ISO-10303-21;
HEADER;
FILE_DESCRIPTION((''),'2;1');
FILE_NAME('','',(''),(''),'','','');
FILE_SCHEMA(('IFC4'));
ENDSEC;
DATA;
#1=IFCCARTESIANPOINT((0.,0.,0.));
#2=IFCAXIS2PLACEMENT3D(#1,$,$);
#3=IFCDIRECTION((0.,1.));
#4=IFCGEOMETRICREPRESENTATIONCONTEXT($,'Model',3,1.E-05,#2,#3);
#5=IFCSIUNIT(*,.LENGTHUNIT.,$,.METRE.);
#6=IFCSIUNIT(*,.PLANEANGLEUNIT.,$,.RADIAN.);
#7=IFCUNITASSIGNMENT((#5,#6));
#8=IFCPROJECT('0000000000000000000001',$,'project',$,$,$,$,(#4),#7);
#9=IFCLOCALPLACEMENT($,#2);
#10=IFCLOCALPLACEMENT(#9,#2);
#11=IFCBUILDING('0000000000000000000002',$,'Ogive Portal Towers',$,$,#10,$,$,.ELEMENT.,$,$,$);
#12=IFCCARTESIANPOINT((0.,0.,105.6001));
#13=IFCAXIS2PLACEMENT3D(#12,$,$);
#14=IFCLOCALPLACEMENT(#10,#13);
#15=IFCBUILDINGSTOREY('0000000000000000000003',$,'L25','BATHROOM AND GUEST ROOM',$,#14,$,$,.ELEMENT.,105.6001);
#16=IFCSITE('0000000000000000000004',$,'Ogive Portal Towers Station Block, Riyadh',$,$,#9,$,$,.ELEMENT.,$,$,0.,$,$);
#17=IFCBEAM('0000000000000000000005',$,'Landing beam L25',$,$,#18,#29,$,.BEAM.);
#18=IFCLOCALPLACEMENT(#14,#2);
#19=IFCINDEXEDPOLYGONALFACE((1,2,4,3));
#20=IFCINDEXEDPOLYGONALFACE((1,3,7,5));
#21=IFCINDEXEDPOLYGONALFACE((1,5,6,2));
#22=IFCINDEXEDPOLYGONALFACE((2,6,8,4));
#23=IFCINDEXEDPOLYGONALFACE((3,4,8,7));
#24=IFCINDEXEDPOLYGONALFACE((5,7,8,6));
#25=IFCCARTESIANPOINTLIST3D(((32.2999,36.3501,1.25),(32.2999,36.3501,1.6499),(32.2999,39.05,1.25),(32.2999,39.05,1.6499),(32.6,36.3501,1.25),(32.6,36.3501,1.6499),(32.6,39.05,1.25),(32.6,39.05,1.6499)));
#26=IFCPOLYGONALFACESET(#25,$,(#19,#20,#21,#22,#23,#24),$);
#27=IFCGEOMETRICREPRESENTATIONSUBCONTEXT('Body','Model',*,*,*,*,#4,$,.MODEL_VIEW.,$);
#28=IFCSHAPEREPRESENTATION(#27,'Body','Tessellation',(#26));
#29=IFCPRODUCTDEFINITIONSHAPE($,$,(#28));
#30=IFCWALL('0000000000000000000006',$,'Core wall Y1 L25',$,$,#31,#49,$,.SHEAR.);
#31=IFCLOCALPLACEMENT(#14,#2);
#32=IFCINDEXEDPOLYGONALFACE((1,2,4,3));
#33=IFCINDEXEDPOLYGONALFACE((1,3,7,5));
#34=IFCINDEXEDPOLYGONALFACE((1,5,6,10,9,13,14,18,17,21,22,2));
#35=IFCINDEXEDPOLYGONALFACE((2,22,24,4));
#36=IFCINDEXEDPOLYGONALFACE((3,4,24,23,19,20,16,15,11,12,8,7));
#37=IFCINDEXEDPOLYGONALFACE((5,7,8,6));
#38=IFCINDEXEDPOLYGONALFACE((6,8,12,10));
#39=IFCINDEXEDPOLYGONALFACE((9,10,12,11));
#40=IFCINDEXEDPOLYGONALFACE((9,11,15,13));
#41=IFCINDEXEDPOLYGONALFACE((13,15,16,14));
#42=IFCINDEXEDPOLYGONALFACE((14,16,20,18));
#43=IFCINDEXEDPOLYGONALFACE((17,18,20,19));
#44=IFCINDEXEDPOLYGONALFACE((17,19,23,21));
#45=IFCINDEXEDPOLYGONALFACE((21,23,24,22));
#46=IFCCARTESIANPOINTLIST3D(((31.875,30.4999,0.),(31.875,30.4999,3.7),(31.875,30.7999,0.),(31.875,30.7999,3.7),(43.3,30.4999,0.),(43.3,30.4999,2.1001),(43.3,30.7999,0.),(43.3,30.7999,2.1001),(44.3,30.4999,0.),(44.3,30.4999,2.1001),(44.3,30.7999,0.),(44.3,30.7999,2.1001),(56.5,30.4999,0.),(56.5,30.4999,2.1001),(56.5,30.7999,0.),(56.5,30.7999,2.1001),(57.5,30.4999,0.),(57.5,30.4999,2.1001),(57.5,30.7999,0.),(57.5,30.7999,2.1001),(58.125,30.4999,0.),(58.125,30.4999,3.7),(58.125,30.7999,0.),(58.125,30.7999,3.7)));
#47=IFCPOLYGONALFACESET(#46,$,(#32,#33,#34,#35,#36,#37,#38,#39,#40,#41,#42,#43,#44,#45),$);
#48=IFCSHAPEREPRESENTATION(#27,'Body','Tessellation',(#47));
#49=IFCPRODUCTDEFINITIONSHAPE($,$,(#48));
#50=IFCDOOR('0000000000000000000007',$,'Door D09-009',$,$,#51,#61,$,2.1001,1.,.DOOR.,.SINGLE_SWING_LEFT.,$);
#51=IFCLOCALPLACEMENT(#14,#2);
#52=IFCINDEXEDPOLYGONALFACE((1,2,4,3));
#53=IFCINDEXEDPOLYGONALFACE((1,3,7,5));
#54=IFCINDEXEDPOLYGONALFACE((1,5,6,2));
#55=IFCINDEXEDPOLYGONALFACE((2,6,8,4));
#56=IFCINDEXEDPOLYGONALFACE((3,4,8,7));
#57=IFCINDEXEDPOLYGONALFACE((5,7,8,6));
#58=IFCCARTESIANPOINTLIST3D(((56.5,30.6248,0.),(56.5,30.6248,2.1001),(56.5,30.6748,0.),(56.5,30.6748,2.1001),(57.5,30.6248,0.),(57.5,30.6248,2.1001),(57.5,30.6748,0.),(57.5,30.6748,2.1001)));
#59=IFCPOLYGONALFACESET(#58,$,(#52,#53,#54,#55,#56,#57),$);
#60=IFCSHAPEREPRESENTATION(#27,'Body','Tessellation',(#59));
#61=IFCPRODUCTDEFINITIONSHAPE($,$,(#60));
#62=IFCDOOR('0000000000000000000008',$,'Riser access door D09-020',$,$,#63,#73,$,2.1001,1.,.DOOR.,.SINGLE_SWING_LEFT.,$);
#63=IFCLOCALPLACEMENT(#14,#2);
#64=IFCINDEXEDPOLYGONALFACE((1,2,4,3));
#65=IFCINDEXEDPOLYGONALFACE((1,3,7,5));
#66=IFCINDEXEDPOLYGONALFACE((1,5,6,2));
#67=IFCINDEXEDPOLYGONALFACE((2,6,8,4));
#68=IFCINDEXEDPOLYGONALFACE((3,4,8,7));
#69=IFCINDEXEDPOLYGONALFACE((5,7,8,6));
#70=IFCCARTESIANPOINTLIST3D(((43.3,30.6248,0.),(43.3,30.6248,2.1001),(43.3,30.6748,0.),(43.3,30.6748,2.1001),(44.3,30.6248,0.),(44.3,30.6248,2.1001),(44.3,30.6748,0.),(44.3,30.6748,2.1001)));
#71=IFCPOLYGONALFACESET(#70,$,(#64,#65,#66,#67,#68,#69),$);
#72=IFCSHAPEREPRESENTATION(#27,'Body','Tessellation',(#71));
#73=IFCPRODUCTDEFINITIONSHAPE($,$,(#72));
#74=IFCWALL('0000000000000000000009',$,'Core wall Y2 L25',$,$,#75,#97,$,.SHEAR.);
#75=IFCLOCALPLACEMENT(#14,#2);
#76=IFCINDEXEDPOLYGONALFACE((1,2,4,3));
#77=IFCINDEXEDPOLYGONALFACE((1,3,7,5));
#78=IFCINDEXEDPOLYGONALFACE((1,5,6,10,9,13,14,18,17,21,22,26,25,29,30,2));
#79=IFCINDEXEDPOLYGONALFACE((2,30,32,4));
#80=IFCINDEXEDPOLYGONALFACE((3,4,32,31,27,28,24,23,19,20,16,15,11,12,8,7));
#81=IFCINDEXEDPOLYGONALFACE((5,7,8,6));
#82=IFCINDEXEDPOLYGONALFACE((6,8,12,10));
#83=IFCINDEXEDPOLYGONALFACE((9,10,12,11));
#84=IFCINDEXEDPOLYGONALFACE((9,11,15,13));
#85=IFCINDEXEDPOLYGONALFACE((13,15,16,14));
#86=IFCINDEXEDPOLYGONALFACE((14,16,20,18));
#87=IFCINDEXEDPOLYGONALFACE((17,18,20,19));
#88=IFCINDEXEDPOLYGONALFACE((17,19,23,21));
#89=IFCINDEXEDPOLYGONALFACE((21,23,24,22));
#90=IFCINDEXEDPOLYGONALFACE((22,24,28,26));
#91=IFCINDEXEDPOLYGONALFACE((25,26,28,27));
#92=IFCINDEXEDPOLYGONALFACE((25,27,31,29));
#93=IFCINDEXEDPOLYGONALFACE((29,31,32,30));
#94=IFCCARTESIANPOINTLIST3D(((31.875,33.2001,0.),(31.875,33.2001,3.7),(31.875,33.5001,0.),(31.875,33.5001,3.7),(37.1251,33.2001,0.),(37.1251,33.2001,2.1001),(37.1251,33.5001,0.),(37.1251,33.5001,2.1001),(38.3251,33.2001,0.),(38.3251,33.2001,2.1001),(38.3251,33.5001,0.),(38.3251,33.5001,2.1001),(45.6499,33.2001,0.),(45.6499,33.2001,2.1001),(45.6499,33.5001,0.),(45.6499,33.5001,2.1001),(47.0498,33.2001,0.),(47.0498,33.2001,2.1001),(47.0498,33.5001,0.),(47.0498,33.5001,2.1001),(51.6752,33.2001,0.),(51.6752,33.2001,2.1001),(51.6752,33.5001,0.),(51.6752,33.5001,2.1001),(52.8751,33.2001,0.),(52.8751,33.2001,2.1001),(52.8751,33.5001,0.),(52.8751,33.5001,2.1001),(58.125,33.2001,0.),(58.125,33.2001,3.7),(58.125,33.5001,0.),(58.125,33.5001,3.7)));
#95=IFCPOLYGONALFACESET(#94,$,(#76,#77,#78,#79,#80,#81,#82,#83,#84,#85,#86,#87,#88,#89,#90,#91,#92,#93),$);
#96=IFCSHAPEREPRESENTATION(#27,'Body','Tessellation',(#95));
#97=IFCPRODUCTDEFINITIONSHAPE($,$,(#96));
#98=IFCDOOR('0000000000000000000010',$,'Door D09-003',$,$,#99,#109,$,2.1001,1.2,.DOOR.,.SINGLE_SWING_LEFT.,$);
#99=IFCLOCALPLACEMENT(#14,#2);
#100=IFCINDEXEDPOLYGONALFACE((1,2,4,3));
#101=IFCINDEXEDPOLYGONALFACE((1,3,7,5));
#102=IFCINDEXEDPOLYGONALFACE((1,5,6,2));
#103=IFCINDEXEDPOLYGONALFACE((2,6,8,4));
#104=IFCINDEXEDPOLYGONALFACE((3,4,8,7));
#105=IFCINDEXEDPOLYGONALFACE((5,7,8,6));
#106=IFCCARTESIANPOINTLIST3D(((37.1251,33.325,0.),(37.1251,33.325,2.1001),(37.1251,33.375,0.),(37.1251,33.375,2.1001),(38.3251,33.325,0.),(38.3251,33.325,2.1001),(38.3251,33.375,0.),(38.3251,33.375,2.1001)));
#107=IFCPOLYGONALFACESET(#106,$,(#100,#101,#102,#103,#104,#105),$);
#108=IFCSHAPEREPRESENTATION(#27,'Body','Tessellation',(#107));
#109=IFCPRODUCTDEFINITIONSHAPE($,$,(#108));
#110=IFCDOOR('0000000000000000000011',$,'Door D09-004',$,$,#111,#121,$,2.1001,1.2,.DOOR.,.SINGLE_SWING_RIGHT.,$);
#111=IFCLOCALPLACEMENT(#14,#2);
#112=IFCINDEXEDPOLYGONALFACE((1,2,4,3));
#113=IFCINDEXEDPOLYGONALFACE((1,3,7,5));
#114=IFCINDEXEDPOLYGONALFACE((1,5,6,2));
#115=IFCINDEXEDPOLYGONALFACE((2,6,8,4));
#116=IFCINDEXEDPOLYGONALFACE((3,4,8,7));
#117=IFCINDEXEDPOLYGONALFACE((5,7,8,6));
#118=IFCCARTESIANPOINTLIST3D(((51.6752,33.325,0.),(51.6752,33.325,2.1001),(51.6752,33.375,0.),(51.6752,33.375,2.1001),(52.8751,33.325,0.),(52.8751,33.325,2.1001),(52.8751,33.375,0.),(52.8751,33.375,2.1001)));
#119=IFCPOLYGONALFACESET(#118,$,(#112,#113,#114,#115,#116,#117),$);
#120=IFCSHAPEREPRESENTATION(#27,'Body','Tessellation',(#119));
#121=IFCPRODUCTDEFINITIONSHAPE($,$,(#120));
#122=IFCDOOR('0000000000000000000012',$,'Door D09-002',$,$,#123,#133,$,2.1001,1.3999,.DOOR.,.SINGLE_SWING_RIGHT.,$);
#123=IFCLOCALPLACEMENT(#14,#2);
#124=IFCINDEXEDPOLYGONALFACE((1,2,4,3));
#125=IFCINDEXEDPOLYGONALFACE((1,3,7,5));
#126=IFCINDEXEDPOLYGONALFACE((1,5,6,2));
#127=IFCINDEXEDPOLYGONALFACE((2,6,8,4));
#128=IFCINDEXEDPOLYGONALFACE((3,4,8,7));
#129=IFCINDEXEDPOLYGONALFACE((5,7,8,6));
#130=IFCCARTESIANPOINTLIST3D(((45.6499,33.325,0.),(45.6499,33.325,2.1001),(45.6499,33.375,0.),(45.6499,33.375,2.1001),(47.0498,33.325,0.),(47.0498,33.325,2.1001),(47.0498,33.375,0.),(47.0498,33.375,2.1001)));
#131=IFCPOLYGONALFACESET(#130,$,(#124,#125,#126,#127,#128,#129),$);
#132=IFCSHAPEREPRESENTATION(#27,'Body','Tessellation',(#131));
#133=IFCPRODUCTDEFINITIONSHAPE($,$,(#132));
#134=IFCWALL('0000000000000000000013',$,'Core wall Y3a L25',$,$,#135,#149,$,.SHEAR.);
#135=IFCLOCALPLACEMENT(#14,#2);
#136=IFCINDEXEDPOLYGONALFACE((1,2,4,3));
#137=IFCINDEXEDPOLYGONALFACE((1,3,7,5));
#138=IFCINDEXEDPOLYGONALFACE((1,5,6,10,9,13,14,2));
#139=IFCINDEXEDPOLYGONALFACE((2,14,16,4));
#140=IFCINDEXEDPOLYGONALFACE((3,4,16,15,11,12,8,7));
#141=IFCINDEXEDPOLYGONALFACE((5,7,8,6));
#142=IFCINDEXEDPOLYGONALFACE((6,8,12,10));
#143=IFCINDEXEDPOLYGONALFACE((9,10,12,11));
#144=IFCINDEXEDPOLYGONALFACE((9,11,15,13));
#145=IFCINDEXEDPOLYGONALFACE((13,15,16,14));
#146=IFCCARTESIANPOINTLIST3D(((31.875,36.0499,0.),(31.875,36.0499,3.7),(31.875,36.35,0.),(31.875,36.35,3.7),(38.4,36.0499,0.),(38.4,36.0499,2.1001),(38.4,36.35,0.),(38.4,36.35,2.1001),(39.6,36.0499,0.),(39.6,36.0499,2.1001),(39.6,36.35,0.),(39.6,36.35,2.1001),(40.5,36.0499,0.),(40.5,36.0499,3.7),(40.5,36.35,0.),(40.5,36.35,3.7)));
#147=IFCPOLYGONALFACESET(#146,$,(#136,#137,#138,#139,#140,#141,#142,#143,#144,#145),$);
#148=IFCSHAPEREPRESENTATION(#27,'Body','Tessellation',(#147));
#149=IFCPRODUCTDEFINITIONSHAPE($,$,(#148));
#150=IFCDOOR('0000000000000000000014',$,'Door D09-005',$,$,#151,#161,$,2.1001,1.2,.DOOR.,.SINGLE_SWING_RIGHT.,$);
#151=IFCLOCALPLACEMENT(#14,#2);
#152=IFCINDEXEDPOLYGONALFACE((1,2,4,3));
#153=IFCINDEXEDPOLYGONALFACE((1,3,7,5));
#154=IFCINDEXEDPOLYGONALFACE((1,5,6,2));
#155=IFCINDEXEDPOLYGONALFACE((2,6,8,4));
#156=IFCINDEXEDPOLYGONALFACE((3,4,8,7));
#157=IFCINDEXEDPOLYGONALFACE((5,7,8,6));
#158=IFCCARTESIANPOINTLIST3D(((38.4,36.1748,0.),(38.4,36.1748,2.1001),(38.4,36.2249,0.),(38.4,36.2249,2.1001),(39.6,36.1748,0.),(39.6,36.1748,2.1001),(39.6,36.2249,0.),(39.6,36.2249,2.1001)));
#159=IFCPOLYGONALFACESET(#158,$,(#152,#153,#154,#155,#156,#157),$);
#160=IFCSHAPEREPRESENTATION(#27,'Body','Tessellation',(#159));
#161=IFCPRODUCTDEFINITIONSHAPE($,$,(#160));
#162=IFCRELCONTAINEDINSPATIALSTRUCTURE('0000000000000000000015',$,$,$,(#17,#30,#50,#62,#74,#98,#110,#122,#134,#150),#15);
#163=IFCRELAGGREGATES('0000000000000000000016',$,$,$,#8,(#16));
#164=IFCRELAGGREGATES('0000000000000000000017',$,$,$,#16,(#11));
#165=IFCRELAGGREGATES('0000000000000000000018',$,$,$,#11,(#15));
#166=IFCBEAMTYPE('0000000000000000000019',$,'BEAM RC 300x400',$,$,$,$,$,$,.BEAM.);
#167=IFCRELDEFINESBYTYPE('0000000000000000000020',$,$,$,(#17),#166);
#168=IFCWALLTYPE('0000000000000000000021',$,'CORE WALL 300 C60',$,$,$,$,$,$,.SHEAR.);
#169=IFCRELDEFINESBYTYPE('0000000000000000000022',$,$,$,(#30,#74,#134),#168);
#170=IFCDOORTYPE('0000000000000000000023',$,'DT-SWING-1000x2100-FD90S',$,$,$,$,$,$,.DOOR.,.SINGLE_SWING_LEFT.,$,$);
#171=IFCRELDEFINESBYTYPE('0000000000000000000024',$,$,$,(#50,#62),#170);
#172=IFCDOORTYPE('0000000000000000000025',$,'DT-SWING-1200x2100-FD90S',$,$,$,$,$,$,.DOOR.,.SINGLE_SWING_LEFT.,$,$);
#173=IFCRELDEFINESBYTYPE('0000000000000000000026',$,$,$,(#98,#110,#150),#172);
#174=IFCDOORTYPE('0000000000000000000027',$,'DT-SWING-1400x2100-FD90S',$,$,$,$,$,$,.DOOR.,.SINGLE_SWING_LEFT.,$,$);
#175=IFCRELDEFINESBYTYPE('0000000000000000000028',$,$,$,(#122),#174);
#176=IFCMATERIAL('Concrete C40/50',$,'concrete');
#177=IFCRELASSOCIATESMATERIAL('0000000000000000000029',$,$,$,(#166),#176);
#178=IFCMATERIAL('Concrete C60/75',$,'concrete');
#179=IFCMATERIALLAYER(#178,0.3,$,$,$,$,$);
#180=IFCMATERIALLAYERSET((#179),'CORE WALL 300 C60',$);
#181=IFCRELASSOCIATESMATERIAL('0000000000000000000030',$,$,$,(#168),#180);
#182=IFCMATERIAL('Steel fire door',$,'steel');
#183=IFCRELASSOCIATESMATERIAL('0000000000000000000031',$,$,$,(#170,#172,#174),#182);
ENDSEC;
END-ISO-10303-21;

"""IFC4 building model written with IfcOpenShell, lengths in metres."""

from ifc_helpers import new_model, si_unit, direction, frame, frame_2d, origin, origin_2d, place, context, subcontext, project, spatial, rectangle, extrude, material, layer, layer_set, material_profile, profile_set, type_object, element, fill, save


model = new_model("IFC4")

# Units and contexts
model_context = context("Model", 3, precision=1e-05, world=origin(), true_north=direction((0.0, 1.0)))
body_context = subcontext(model_context, "Body", "Model", "MODEL_VIEW")
ifc_project = project(units=[si_unit("LENGTHUNIT", "METRE"), si_unit("PLANEANGLEUNIT", "RADIAN")], contexts=[model_context])

# Site, building, storey
site_placement = place(None, origin())
site = spatial("IfcSite", under=ifc_project, at=site_placement, Name="Ogive Portal Towers Station Block, Riyadh", CompositionType="ELEMENT", RefElevation=0.0)
building_placement = place(site_placement, origin())
building = spatial("IfcBuilding", under=site, at=building_placement, Name="Ogive Portal Towers", CompositionType="ELEMENT")
storey_placement = place(building_placement, frame((0.0, 0.0, 105.6001)))
storey = spatial("IfcBuildingStorey", under=building, at=storey_placement, Name="L25", Description="BATHROOM AND GUEST ROOM", CompositionType="ELEMENT", Elevation=105.6001)

# Beam
ifc_material_1 = material(Name="Concrete C40/50", Category="concrete")
ifc_material_profile = material_profile(ifc_material_1, rectangle(XDim=0.3, YDim=0.3999, at=origin_2d()), Name="RC 300x400")
ifc_profile_set = profile_set([ifc_material_profile], Name="Concrete C40/50")
beam_type = type_object("IfcBeamType", Name="BEAM RC 300x400", PredefinedType="BEAM", material=ifc_profile_set)
beam_placement = place(storey_placement, frame((32.45, 36.3501, 1.45), z_axis=(0.0, 1.0, 0.0), x_axis=(-1.0, 0.0, 0.0)))
element("IfcBeam", 1, at=beam_placement, inside=storey, type_object=beam_type, Name="Landing beam L25", PredefinedType="BEAM", context=body_context, shape_type="SweptSolid", body=[
    extrude(rectangle(XDim=0.3, YDim=0.3999, at=origin_2d()), origin(), (0.0, 0.0, 1.0), 2.7),
])

# Walls, openings, doors
ifc_material_2 = material(Name="Concrete C60/75", Category="concrete")
ifc_layer_1 = layer(ifc_material_2, 0.3)
ifc_layer_set_1 = layer_set([ifc_layer_1], Name="CORE WALL 300 C60")
wall_type_1 = type_object("IfcWallType", Name="CORE WALL 300 C60", PredefinedType="SHEAR", material=ifc_layer_set_1)
wall_1_placement = place(storey_placement, frame((31.875, 30.6499, 0.0), z_axis=(0.0, 0.0, 1.0), x_axis=(1.0, 0.0, 0.0)))
wall_1 = element("IfcWall", 2, at=wall_1_placement, inside=storey, type_object=wall_type_1, Name="Core wall Y1 L25", PredefinedType="SHEAR", context=body_context, shape_type="SweptSolid", body=[
    extrude(rectangle(XDim=26.25, YDim=0.3, at=frame_2d((13.125, 0.0))), origin(), (0.0, 0.0, 1.0), 3.7),
])
opening_1_placement = place(wall_1_placement, frame((24.625, 0.0, 0.0)))
opening_1 = element("IfcOpeningElement", 3, at=opening_1_placement, cuts=wall_1, PredefinedType="OPENING", context=body_context, shape_type="SweptSolid", body=[
    extrude(rectangle(XDim=1.0, YDim=2.1001, at=frame_2d((0.5, 1.05))), frame((0.0, 0.1602, 0.0), z_axis=(0.0, -1.0, 0.0), x_axis=(1.0, 0.0, 0.0)), (0.0, 0.0, 1.0), 0.3201),
])
opening_2_placement = place(wall_1_placement, frame((11.425, 0.0, 0.0)))
opening_2 = element("IfcOpeningElement", 4, at=opening_2_placement, cuts=wall_1, PredefinedType="OPENING", context=body_context, shape_type="SweptSolid", body=[
    extrude(rectangle(XDim=1.0, YDim=2.1001, at=frame_2d((0.5, 1.05))), frame((0.0, 0.1602, 0.0), z_axis=(0.0, -1.0, 0.0), x_axis=(1.0, 0.0, 0.0)), (0.0, 0.0, 1.0), 0.3201),
])
ifc_material_3 = material(Name="Steel fire door", Category="steel")
door_type_1 = type_object("IfcDoorType", Name="DT-SWING-1000x2100-FD90S", OperationType="SINGLE_SWING_LEFT", PredefinedType="DOOR", material=ifc_material_3)
door_1_placement = place(opening_1_placement, origin())
door_1 = element("IfcDoor", 5, at=door_1_placement, inside=storey, type_object=door_type_1, Name="Door D09-009", OperationType="SINGLE_SWING_LEFT", OverallHeight=2.1001, OverallWidth=1.0, PredefinedType="DOOR", context=body_context, shape_type="SweptSolid", body=[
    extrude(rectangle(XDim=1.0, YDim=2.1001, at=frame_2d((0.5, 1.05))), frame((0.0, 0.0249, 0.0), z_axis=(0.0, -1.0, 0.0), x_axis=(1.0, 0.0, 0.0)), (0.0, 0.0, 1.0), 0.05),
])
fill(opening_1, door_1)
door_2_placement = place(opening_2_placement, origin())
door_2 = element("IfcDoor", 6, at=door_2_placement, inside=storey, type_object=door_type_1, Name="Riser access door D09-020", OperationType="SINGLE_SWING_LEFT", OverallHeight=2.1001, OverallWidth=1.0, PredefinedType="DOOR", context=body_context, shape_type="SweptSolid", body=[
    extrude(rectangle(XDim=1.0, YDim=2.1001, at=frame_2d((0.5, 1.05))), frame((0.0, 0.0249, 0.0), z_axis=(0.0, -1.0, 0.0), x_axis=(1.0, 0.0, 0.0)), (0.0, 0.0, 1.0), 0.05),
])
fill(opening_2, door_2)
wall_2_placement = place(storey_placement, frame((31.875, 33.3501, 0.0), z_axis=(0.0, 0.0, 1.0), x_axis=(1.0, 0.0, 0.0)))
wall_2 = element("IfcWall", 7, at=wall_2_placement, inside=storey, type_object=wall_type_1, Name="Core wall Y2 L25", PredefinedType="SHEAR", context=body_context, shape_type="SweptSolid", body=[
    extrude(rectangle(XDim=26.25, YDim=0.3, at=frame_2d((13.125, 0.0))), origin(), (0.0, 0.0, 1.0), 3.7),
])
opening_3_placement = place(wall_2_placement, frame((13.7749, 0.0, 0.0)))
opening_3 = element("IfcOpeningElement", 8, at=opening_3_placement, cuts=wall_2, PredefinedType="OPENING", context=body_context, shape_type="SweptSolid", body=[
    extrude(rectangle(XDim=1.3999, YDim=2.1001, at=frame_2d((0.7, 1.05))), frame((0.0, 0.1602, 0.0), z_axis=(0.0, -1.0, 0.0), x_axis=(1.0, 0.0, 0.0)), (0.0, 0.0, 1.0), 0.3201),
])
opening_4_placement = place(wall_2_placement, frame((5.25, 0.0, 0.0)))
opening_4 = element("IfcOpeningElement", 9, at=opening_4_placement, cuts=wall_2, PredefinedType="OPENING", context=body_context, shape_type="SweptSolid", body=[
    extrude(rectangle(XDim=1.2, YDim=2.1001, at=frame_2d((0.6001, 1.05))), frame((0.0, 0.1602, 0.0), z_axis=(0.0, -1.0, 0.0), x_axis=(1.0, 0.0, 0.0)), (0.0, 0.0, 1.0), 0.3201),
])
opening_5_placement = place(wall_2_placement, frame((19.8, 0.0, 0.0)))
opening_5 = element("IfcOpeningElement", 10, at=opening_5_placement, cuts=wall_2, PredefinedType="OPENING", context=body_context, shape_type="SweptSolid", body=[
    extrude(rectangle(XDim=1.2, YDim=2.1001, at=frame_2d((0.6001, 1.05))), frame((0.0, 0.1602, 0.0), z_axis=(0.0, -1.0, 0.0), x_axis=(1.0, 0.0, 0.0)), (0.0, 0.0, 1.0), 0.3201),
])
door_type_2 = type_object("IfcDoorType", Name="DT-SWING-1200x2100-FD90S", OperationType="SINGLE_SWING_LEFT", PredefinedType="DOOR", material=ifc_material_3)
door_3_placement = place(opening_4_placement, origin())
door_3 = element("IfcDoor", 11, at=door_3_placement, inside=storey, type_object=door_type_2, Name="Door D09-003", OperationType="SINGLE_SWING_LEFT", OverallHeight=2.1001, OverallWidth=1.2, PredefinedType="DOOR", context=body_context, shape_type="SweptSolid", body=[
    extrude(rectangle(XDim=1.2, YDim=2.1001, at=frame_2d((0.6001, 1.05))), frame((0.0, 0.0249, 0.0), z_axis=(0.0, -1.0, 0.0), x_axis=(1.0, 0.0, 0.0)), (0.0, 0.0, 1.0), 0.05),
])
fill(opening_4, door_3)
door_4_placement = place(opening_5_placement, origin())
door_4 = element("IfcDoor", 12, at=door_4_placement, inside=storey, type_object=door_type_2, Name="Door D09-004", OperationType="SINGLE_SWING_RIGHT", OverallHeight=2.1001, OverallWidth=1.2, PredefinedType="DOOR", context=body_context, shape_type="SweptSolid", body=[
    extrude(rectangle(XDim=1.2, YDim=2.1001, at=frame_2d((0.6001, 1.05))), frame((0.0, 0.0249, 0.0), z_axis=(0.0, -1.0, 0.0), x_axis=(1.0, 0.0, 0.0)), (0.0, 0.0, 1.0), 0.05),
])
fill(opening_5, door_4)
door_type_3 = type_object("IfcDoorType", Name="DT-SWING-1400x2100-FD90S", OperationType="SINGLE_SWING_LEFT", PredefinedType="DOOR", material=ifc_material_3)
door_5_placement = place(opening_3_placement, origin())
door_5 = element("IfcDoor", 13, at=door_5_placement, inside=storey, type_object=door_type_3, Name="Door D09-002", OperationType="SINGLE_SWING_RIGHT", OverallHeight=2.1001, OverallWidth=1.3999, PredefinedType="DOOR", context=body_context, shape_type="SweptSolid", body=[
    extrude(rectangle(XDim=1.3999, YDim=2.1001, at=frame_2d((0.7, 1.05))), frame((0.0, 0.0249, 0.0), z_axis=(0.0, -1.0, 0.0), x_axis=(1.0, 0.0, 0.0)), (0.0, 0.0, 1.0), 0.05),
])
fill(opening_3, door_5)

# Wall, opening, door
wall_3_placement = place(storey_placement, frame((31.875, 36.2, 0.0), z_axis=(0.0, 0.0, 1.0), x_axis=(1.0, 0.0, 0.0)))
wall_3 = element("IfcWall", 14, at=wall_3_placement, inside=storey, type_object=wall_type_1, Name="Core wall Y3a L25", PredefinedType="SHEAR", context=body_context, shape_type="SweptSolid", body=[
    extrude(rectangle(XDim=8.625, YDim=0.3, at=frame_2d((4.3125, 0.0))), origin(), (0.0, 0.0, 1.0), 3.7),
])
opening_6_placement = place(wall_3_placement, frame((6.5249, 0.0, 0.0)))
opening_6 = element("IfcOpeningElement", 15, at=opening_6_placement, cuts=wall_3, PredefinedType="OPENING", context=body_context, shape_type="SweptSolid", body=[
    extrude(rectangle(XDim=1.2, YDim=2.1001, at=frame_2d((0.6001, 1.05))), frame((0.0, 0.1602, 0.0), z_axis=(0.0, -1.0, 0.0), x_axis=(1.0, 0.0, 0.0)), (0.0, 0.0, 1.0), 0.3201),
])
door_6_placement = place(opening_6_placement, origin())
door_6 = element("IfcDoor", 16, at=door_6_placement, inside=storey, type_object=door_type_2, Name="Door D09-005", OperationType="SINGLE_SWING_RIGHT", OverallHeight=2.1001, OverallWidth=1.2, PredefinedType="DOOR", context=body_context, shape_type="SweptSolid", body=[
    extrude(rectangle(XDim=1.2, YDim=2.1001, at=frame_2d((0.6001, 1.05))), frame((0.0, 0.0249, 0.0), z_axis=(0.0, -1.0, 0.0), x_axis=(1.0, 0.0, 0.0)), (0.0, 0.0, 1.0), 0.05),
])
fill(opening_6, door_6)

save(model, "model.ifc")
